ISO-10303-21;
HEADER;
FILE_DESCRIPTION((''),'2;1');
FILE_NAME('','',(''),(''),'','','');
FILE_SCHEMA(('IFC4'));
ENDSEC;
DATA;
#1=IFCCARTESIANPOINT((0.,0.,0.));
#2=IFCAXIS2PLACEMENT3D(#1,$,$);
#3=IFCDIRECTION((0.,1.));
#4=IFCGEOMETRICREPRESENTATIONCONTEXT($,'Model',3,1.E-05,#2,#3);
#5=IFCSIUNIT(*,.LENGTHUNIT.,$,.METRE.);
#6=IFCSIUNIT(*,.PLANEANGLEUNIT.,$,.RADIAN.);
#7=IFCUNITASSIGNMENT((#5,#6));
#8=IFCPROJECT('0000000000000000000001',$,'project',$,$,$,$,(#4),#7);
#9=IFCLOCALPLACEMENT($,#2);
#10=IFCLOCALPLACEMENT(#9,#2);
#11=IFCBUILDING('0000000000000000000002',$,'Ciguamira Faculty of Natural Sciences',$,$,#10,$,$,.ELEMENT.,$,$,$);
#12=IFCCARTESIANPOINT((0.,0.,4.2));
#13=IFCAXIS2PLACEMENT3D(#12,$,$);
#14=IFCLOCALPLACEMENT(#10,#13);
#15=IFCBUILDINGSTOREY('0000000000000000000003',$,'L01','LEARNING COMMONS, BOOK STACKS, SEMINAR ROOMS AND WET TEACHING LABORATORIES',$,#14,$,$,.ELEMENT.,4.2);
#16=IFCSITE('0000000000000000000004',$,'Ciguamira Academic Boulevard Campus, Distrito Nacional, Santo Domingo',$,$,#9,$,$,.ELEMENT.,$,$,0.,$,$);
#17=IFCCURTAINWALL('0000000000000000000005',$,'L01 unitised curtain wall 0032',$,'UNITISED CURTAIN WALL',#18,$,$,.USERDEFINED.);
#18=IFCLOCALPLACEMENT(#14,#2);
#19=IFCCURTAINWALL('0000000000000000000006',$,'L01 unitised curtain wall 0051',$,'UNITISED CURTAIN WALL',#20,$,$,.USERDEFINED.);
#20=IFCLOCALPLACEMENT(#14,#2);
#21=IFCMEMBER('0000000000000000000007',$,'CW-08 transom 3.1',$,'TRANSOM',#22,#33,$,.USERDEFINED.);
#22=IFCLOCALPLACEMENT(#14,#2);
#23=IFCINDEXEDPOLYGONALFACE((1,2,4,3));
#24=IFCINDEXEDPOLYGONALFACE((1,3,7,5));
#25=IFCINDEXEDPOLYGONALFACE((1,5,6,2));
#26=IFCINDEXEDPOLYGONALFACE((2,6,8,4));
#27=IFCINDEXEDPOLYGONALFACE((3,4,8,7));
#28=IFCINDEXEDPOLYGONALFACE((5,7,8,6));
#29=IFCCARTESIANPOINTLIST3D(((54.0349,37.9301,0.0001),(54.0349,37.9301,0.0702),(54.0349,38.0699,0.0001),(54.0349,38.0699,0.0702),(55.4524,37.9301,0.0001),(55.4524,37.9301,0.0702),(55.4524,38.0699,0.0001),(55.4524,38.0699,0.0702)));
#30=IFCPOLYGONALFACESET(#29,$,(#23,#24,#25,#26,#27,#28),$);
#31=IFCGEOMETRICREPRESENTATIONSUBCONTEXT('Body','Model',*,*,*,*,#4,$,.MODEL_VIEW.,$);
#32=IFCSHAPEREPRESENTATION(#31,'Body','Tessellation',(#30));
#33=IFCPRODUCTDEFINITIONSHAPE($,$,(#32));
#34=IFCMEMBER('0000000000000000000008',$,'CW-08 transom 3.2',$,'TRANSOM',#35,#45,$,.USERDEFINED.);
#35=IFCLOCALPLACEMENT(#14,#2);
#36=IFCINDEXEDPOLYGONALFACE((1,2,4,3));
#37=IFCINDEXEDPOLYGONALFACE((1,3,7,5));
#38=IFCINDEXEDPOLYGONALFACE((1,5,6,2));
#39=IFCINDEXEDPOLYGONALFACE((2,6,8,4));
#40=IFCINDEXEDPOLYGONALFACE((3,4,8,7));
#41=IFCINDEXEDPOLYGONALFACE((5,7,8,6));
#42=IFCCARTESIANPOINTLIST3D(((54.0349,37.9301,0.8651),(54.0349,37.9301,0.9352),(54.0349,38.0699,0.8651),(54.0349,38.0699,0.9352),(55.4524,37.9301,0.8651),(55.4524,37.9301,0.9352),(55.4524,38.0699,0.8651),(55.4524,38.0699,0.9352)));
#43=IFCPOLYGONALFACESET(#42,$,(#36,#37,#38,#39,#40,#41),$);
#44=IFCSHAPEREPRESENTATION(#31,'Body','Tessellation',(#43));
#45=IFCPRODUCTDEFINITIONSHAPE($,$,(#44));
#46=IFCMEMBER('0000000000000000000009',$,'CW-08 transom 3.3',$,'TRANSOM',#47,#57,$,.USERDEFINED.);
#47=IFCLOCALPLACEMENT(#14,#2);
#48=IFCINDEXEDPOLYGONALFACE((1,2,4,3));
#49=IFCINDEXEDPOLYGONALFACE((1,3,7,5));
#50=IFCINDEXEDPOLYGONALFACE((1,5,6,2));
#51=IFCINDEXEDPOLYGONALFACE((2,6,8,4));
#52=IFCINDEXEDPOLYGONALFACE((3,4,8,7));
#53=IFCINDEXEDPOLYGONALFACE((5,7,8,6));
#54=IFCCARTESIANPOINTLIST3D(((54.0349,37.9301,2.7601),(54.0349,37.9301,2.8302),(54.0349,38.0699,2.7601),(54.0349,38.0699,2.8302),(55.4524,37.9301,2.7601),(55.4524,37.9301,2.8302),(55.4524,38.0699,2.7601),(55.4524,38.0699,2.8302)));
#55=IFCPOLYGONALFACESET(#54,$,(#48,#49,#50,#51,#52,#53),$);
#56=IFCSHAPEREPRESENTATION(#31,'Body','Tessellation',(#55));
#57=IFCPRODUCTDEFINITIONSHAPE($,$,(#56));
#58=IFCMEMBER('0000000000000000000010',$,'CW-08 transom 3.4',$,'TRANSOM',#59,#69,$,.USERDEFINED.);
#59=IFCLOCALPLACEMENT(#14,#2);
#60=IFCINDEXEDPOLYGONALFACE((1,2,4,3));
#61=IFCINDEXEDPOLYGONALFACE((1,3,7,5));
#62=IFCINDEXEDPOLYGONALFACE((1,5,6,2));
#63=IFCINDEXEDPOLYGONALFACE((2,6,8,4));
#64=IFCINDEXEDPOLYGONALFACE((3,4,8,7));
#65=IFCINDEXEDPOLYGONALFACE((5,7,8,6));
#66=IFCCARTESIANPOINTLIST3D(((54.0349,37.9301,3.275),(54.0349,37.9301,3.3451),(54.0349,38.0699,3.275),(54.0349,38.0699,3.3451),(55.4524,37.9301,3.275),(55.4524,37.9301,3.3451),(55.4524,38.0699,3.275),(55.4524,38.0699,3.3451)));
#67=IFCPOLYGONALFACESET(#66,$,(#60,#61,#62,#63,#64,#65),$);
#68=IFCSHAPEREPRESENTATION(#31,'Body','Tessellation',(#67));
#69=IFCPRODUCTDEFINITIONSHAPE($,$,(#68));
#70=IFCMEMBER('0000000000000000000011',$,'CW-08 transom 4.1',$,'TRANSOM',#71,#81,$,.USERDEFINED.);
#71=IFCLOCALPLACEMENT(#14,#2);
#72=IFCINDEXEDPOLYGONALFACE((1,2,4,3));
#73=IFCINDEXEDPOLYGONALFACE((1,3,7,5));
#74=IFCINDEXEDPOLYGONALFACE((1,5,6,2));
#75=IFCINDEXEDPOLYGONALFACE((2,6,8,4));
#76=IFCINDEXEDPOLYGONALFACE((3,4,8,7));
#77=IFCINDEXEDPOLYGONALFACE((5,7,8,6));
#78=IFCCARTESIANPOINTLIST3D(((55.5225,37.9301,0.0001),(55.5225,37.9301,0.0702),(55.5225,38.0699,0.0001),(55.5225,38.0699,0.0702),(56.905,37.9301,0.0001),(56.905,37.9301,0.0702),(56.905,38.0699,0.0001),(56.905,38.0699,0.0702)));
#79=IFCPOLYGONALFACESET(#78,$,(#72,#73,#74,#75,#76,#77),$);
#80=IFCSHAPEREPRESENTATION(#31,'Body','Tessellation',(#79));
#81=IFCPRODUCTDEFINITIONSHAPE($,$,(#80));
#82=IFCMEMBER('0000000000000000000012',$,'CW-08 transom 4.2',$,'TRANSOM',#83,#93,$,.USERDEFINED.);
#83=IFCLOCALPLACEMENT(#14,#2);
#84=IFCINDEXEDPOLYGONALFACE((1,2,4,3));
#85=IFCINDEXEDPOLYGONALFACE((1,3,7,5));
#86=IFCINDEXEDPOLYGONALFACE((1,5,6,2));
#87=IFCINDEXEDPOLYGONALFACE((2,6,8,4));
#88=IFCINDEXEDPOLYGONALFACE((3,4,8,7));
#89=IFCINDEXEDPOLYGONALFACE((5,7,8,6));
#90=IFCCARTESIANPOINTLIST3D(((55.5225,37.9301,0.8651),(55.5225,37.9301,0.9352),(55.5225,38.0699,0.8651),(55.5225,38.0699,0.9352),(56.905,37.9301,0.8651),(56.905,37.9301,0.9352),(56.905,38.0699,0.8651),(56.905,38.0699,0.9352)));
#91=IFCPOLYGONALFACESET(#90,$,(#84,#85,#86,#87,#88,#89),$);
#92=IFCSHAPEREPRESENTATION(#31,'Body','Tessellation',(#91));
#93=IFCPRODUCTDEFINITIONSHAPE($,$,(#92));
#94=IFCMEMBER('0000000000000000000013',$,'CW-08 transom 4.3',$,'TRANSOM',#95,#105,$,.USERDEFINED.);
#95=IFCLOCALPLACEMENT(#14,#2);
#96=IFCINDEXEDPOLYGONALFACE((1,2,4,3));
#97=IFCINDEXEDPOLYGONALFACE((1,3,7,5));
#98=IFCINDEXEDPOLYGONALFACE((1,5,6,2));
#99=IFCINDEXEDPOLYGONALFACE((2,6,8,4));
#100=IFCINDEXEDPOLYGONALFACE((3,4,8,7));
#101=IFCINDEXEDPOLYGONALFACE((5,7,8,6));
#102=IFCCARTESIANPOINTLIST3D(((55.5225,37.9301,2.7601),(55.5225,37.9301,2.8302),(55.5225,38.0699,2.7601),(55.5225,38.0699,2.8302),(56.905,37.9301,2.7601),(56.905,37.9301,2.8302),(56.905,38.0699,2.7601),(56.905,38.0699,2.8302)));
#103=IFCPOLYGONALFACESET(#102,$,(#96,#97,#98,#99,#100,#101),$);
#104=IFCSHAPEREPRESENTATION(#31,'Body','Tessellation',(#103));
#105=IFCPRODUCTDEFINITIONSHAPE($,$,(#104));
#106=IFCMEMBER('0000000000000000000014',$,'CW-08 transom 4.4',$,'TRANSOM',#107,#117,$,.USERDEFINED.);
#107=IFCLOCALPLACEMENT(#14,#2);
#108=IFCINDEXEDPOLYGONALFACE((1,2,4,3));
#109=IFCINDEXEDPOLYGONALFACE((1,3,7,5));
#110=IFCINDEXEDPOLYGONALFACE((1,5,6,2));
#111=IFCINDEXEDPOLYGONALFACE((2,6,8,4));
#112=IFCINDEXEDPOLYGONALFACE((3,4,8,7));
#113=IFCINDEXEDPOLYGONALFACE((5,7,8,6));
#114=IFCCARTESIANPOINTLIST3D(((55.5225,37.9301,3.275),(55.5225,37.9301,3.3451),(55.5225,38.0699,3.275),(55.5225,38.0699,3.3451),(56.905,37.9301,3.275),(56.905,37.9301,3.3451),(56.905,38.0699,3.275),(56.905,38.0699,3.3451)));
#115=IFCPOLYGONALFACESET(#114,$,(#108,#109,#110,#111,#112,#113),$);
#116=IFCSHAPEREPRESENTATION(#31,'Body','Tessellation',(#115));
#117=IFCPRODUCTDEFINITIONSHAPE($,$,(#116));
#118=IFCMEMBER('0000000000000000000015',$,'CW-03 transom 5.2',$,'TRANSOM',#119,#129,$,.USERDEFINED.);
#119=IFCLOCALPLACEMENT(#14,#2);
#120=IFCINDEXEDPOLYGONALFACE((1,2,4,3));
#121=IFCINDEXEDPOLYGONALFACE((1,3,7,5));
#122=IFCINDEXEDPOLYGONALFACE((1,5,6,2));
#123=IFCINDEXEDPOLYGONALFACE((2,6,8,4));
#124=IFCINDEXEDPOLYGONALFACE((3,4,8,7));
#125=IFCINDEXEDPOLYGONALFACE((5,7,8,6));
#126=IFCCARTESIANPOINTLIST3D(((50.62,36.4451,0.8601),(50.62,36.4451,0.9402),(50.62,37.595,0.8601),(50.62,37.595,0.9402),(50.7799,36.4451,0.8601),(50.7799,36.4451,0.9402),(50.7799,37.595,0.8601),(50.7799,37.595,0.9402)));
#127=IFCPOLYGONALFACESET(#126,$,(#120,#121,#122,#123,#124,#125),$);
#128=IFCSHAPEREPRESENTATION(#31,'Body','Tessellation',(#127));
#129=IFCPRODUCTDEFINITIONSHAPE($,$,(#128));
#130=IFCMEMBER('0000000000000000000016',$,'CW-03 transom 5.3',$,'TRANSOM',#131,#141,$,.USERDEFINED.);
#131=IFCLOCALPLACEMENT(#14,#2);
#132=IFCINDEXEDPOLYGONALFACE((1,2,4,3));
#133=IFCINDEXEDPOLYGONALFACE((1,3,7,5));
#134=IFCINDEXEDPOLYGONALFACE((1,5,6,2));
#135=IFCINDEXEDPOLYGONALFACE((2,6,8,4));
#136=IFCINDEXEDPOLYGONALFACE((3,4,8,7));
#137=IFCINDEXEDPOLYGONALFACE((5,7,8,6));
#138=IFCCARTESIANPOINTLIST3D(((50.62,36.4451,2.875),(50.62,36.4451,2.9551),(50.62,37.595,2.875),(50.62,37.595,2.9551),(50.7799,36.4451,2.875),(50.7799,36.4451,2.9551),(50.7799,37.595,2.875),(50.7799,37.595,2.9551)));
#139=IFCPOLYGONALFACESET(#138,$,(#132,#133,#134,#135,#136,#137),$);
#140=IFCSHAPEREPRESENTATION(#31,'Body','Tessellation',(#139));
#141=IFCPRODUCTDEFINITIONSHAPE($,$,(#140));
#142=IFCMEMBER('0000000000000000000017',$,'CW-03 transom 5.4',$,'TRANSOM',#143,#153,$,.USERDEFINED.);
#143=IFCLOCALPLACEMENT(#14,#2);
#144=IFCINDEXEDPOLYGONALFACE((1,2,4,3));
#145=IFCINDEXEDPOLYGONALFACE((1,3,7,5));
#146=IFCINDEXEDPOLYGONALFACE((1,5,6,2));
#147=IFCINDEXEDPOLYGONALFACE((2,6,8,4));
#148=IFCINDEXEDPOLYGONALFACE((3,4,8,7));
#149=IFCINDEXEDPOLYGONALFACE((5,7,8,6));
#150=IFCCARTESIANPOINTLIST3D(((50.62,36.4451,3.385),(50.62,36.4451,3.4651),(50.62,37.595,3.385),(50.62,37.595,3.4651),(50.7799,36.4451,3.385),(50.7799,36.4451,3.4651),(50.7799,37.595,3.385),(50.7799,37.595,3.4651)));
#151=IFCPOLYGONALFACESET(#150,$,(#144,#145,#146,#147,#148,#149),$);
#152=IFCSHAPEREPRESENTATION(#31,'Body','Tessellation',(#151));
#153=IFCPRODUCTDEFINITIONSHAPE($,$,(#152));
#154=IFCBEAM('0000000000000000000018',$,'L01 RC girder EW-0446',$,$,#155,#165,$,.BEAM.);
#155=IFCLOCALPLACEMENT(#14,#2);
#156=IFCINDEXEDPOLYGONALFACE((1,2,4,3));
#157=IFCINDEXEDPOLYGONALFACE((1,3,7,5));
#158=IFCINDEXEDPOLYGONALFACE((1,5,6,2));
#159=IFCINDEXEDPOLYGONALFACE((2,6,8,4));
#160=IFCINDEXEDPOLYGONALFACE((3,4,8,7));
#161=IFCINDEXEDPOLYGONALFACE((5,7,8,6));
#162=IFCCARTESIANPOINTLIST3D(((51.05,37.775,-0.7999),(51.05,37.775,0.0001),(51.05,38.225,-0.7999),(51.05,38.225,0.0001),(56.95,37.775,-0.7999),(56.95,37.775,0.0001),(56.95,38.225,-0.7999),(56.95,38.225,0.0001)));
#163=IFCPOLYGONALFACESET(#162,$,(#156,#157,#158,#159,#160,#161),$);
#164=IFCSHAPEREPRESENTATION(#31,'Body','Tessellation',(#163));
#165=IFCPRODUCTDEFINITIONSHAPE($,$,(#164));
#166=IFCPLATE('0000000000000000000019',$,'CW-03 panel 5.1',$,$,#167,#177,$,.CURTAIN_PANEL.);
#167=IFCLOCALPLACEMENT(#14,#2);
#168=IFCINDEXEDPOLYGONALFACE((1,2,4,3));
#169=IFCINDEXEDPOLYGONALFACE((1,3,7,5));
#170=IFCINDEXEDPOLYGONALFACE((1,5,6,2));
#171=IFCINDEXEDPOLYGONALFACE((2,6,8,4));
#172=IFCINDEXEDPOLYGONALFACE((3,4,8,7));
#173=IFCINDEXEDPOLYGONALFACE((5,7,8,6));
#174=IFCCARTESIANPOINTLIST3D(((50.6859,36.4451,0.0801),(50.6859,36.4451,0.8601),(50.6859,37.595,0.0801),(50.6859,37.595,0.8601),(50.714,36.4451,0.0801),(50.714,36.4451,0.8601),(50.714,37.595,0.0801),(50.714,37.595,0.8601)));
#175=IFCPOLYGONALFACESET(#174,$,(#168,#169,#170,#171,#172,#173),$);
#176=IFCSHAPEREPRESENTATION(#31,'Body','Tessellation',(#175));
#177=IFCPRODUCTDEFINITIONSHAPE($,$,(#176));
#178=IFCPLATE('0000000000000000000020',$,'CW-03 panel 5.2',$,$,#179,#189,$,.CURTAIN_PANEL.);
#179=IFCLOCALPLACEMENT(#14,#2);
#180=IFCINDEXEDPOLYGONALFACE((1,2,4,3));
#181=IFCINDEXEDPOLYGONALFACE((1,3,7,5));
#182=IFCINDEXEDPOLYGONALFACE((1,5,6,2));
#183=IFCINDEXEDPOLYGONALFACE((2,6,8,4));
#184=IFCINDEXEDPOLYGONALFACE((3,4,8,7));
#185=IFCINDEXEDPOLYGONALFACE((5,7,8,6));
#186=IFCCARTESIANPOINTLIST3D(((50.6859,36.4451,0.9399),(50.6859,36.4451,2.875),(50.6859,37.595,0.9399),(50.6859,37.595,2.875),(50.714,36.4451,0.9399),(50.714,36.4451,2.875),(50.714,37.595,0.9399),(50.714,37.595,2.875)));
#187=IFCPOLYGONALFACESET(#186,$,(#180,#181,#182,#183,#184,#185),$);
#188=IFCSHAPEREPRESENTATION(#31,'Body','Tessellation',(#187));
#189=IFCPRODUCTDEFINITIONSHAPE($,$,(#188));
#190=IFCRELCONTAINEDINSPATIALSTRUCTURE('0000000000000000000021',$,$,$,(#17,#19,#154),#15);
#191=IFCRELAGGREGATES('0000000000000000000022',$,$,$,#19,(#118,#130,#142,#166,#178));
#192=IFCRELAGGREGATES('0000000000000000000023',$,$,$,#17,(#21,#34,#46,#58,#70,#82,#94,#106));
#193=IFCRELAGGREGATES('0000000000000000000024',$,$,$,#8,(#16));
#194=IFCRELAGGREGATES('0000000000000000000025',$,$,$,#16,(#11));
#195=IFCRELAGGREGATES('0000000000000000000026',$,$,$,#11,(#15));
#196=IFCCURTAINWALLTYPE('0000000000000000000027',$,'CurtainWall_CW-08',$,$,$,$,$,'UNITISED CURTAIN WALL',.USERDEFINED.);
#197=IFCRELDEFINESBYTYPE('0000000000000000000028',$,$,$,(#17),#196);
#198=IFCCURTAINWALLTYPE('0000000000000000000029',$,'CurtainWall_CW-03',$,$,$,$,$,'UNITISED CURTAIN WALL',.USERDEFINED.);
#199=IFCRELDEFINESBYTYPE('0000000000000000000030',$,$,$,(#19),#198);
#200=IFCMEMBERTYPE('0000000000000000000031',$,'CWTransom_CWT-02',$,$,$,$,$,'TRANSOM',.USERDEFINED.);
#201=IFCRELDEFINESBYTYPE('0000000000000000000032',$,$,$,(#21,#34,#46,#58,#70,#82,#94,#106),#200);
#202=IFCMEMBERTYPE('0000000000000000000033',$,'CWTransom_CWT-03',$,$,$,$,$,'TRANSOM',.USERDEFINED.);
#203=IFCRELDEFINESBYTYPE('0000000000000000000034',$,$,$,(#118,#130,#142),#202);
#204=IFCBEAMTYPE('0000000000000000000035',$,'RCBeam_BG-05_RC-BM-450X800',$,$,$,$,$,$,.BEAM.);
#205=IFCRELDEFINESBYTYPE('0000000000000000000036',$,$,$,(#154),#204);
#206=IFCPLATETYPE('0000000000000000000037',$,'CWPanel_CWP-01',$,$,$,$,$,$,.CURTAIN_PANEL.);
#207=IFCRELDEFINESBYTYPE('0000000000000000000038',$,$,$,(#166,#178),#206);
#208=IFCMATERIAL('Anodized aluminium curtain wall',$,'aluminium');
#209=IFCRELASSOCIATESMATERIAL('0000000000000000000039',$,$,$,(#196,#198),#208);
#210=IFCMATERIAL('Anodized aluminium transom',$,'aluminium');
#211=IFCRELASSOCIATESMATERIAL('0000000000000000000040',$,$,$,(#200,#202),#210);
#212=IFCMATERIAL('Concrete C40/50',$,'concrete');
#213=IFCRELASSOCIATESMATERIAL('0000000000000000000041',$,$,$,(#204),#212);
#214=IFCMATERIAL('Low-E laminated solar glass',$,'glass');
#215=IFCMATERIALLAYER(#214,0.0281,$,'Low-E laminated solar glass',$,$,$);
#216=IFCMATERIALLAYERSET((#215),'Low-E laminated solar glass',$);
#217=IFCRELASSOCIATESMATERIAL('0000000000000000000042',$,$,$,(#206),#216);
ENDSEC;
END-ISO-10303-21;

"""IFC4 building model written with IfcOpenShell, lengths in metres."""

from ifc_helpers import new_model, si_unit, direction, frame, origin, origin_2d, place, context, subcontext, project, spatial, rectangle, extrude, material, layer, layer_set, material_profile, profile_set, type_object, element, aggregate, save


model = new_model("IFC4")

# Units and contexts
model_context = context("Model", 3, precision=1e-05, world=origin(), true_north=direction((0.0, 1.0)))
body_context = subcontext(model_context, "Body", "Model", "MODEL_VIEW")
ifc_project = project(units=[si_unit("LENGTHUNIT", "METRE"), si_unit("PLANEANGLEUNIT", "RADIAN")], contexts=[model_context])

# Site, building, storey
site_placement = place(None, origin())
site = spatial("IfcSite", under=ifc_project, at=site_placement, Name="Ciguamira Academic Boulevard Campus, Distrito Nacional, Santo Domingo", CompositionType="ELEMENT", RefElevation=0.0)
building_placement = place(site_placement, origin())
building = spatial("IfcBuilding", under=site, at=building_placement, Name="Ciguamira Faculty of Natural Sciences", CompositionType="ELEMENT")
storey_placement = place(building_placement, frame((0.0, 0.0, 4.2)))
storey = spatial("IfcBuildingStorey", under=building, at=storey_placement, Name="L01", Description="LEARNING COMMONS, BOOK STACKS, SEMINAR ROOMS AND WET TEACHING LABORATORIES", CompositionType="ELEMENT", Elevation=4.2)

# Shared definitions
ifc_material_1 = material(Name="Concrete C40/50", Category="concrete")

# Curtain wall
ifc_material_2 = material(Name="Anodized aluminium curtain wall", Category="aluminium")
curtain_wall_type_1 = type_object("IfcCurtainWallType", Name="CurtainWall_CW-08", ElementType="UNITISED CURTAIN WALL", PredefinedType="USERDEFINED", material=ifc_material_2)
curtain_wall_1_placement = place(storey_placement, origin())
curtain_wall_1 = element("IfcCurtainWall", 1, at=curtain_wall_1_placement, inside=storey, type_object=curtain_wall_type_1, Name="L01 unitised curtain wall 0032", ObjectType="UNITISED CURTAIN WALL", PredefinedType="USERDEFINED")

# Curtain wall
curtain_wall_type_2 = type_object("IfcCurtainWallType", Name="CurtainWall_CW-03", ElementType="UNITISED CURTAIN WALL", PredefinedType="USERDEFINED", material=ifc_material_2)
curtain_wall_2_placement = place(storey_placement, origin())
curtain_wall_2 = element("IfcCurtainWall", 2, at=curtain_wall_2_placement, inside=storey, type_object=curtain_wall_type_2, Name="L01 unitised curtain wall 0051", ObjectType="UNITISED CURTAIN WALL", PredefinedType="USERDEFINED")

# Members
ifc_material_3 = material(Name="Anodized aluminium transom", Category="aluminium")
ifc_material_profile_1 = material_profile(ifc_material_3, rectangle(XDim=0.0701, YDim=0.1399, at=origin_2d()), Name="ALU-TRN-70X140")
ifc_profile_set_1 = profile_set([ifc_material_profile_1], Name="Anodized aluminium transom")
member_type_1 = type_object("IfcMemberType", Name="CWTransom_CWT-02", ElementType="TRANSOM", PredefinedType="USERDEFINED", material=ifc_profile_set_1)
member_1_placement = place(storey_placement, frame((54.0349, 38.0, 0.0352), z_axis=(1.0, 0.0, 0.0), x_axis=(0.0, 0.0, 1.0)))
member_1 = element("IfcMember", 3, at=member_1_placement, type_object=member_type_1, Name="CW-08 transom 3.1", ObjectType="TRANSOM", PredefinedType="USERDEFINED", context=body_context, shape_type="SweptSolid", body=[
    extrude(rectangle(XDim=0.0701, YDim=0.1399, at=origin_2d()), origin(), (0.0, 0.0, 1.0), 1.4175),
])
member_2_placement = place(storey_placement, frame((54.0349, 38.0, 0.9001), z_axis=(1.0, 0.0, 0.0), x_axis=(0.0, 0.0, 1.0)))
member_2 = element("IfcMember", 4, at=member_2_placement, type_object=member_type_1, Name="CW-08 transom 3.2", ObjectType="TRANSOM", PredefinedType="USERDEFINED", context=body_context, shape_type="SweptSolid", body=[
    extrude(rectangle(XDim=0.0701, YDim=0.1399, at=origin_2d()), origin(), (0.0, 0.0, 1.0), 1.4175),
])
member_3_placement = place(storey_placement, frame((54.0349, 38.0, 2.7952), z_axis=(1.0, 0.0, 0.0), x_axis=(0.0, 0.0, 1.0)))
member_3 = element("IfcMember", 5, at=member_3_placement, type_object=member_type_1, Name="CW-08 transom 3.3", ObjectType="TRANSOM", PredefinedType="USERDEFINED", context=body_context, shape_type="SweptSolid", body=[
    extrude(rectangle(XDim=0.0701, YDim=0.1399, at=origin_2d()), origin(), (0.0, 0.0, 1.0), 1.4175),
])
member_4_placement = place(storey_placement, frame((54.0349, 38.0, 3.3101), z_axis=(1.0, 0.0, 0.0), x_axis=(0.0, 0.0, 1.0)))
member_4 = element("IfcMember", 6, at=member_4_placement, type_object=member_type_1, Name="CW-08 transom 3.4", ObjectType="TRANSOM", PredefinedType="USERDEFINED", context=body_context, shape_type="SweptSolid", body=[
    extrude(rectangle(XDim=0.0701, YDim=0.1399, at=origin_2d()), origin(), (0.0, 0.0, 1.0), 1.4175),
])
member_5_placement = place(storey_placement, frame((55.5225, 38.0, 0.0352), z_axis=(1.0, 0.0, 0.0), x_axis=(0.0, 0.0, 1.0)))
member_5 = element("IfcMember", 7, at=member_5_placement, type_object=member_type_1, Name="CW-08 transom 4.1", ObjectType="TRANSOM", PredefinedType="USERDEFINED", context=body_context, shape_type="SweptSolid", body=[
    extrude(rectangle(XDim=0.0701, YDim=0.1399, at=origin_2d()), origin(), (0.0, 0.0, 1.0), 1.3826),
])
member_6_placement = place(storey_placement, frame((55.5225, 38.0, 0.9001), z_axis=(1.0, 0.0, 0.0), x_axis=(0.0, 0.0, 1.0)))
member_6 = element("IfcMember", 8, at=member_6_placement, type_object=member_type_1, Name="CW-08 transom 4.2", ObjectType="TRANSOM", PredefinedType="USERDEFINED", context=body_context, shape_type="SweptSolid", body=[
    extrude(rectangle(XDim=0.0701, YDim=0.1399, at=origin_2d()), origin(), (0.0, 0.0, 1.0), 1.3826),
])
member_7_placement = place(storey_placement, frame((55.5225, 38.0, 2.7952), z_axis=(1.0, 0.0, 0.0), x_axis=(0.0, 0.0, 1.0)))
member_7 = element("IfcMember", 9, at=member_7_placement, type_object=member_type_1, Name="CW-08 transom 4.3", ObjectType="TRANSOM", PredefinedType="USERDEFINED", context=body_context, shape_type="SweptSolid", body=[
    extrude(rectangle(XDim=0.0701, YDim=0.1399, at=origin_2d()), origin(), (0.0, 0.0, 1.0), 1.3826),
])
member_8_placement = place(storey_placement, frame((55.5225, 38.0, 3.3101), z_axis=(1.0, 0.0, 0.0), x_axis=(0.0, 0.0, 1.0)))
member_8 = element("IfcMember", 10, at=member_8_placement, type_object=member_type_1, Name="CW-08 transom 4.4", ObjectType="TRANSOM", PredefinedType="USERDEFINED", context=body_context, shape_type="SweptSolid", body=[
    extrude(rectangle(XDim=0.0701, YDim=0.1399, at=origin_2d()), origin(), (0.0, 0.0, 1.0), 1.3826),
])
ifc_material_profile_2 = material_profile(ifc_material_3, rectangle(XDim=0.0801, YDim=0.1599, at=origin_2d()), Name="ALU-TRN-80X160")
ifc_profile_set_2 = profile_set([ifc_material_profile_2], Name="Anodized aluminium transom")
member_type_2 = type_object("IfcMemberType", Name="CWTransom_CWT-03", ElementType="TRANSOM", PredefinedType="USERDEFINED", material=ifc_profile_set_2)
member_9_placement = place(storey_placement, frame((50.7, 36.4451, 0.9001), z_axis=(0.0, 1.0, 0.0), x_axis=(0.0, 0.0, 1.0)))
member_9 = element("IfcMember", 11, at=member_9_placement, type_object=member_type_2, Name="CW-03 transom 5.2", ObjectType="TRANSOM", PredefinedType="USERDEFINED", context=body_context, shape_type="SweptSolid", body=[
    extrude(rectangle(XDim=0.0801, YDim=0.1599, at=origin_2d()), origin(), (0.0, 0.0, 1.0), 1.1499),
])
member_10_placement = place(storey_placement, frame((50.7, 36.4451, 2.915), z_axis=(0.0, 1.0, 0.0), x_axis=(0.0, 0.0, 1.0)))
member_10 = element("IfcMember", 12, at=member_10_placement, type_object=member_type_2, Name="CW-03 transom 5.3", ObjectType="TRANSOM", PredefinedType="USERDEFINED", context=body_context, shape_type="SweptSolid", body=[
    extrude(rectangle(XDim=0.0801, YDim=0.1599, at=origin_2d()), origin(), (0.0, 0.0, 1.0), 1.1499),
])
member_11_placement = place(storey_placement, frame((50.7, 36.4451, 3.425), z_axis=(0.0, 1.0, 0.0), x_axis=(0.0, 0.0, 1.0)))
member_11 = element("IfcMember", 13, at=member_11_placement, type_object=member_type_2, Name="CW-03 transom 5.4", ObjectType="TRANSOM", PredefinedType="USERDEFINED", context=body_context, shape_type="SweptSolid", body=[
    extrude(rectangle(XDim=0.0801, YDim=0.1599, at=origin_2d()), origin(), (0.0, 0.0, 1.0), 1.1499),
])

# Beam
ifc_material_profile_3 = material_profile(ifc_material_1, rectangle(XDim=0.45, YDim=0.8, at=origin_2d()), Name="RC-BM-450X800")
ifc_profile_set_3 = profile_set([ifc_material_profile_3], Name="Concrete C40/50")
beam_type = type_object("IfcBeamType", Name="RCBeam_BG-05_RC-BM-450X800", PredefinedType="BEAM", material=ifc_profile_set_3)
beam_placement = place(storey_placement, frame((51.05, 38.0, -0.3999), z_axis=(1.0, 0.0, 0.0), x_axis=(0.0, 1.0, 0.0)))
element("IfcBeam", 14, at=beam_placement, inside=storey, type_object=beam_type, Name="L01 RC girder EW-0446", PredefinedType="BEAM", context=body_context, shape_type="SweptSolid", body=[
    extrude(rectangle(XDim=0.45, YDim=0.8, at=origin_2d()), origin(), (0.0, 0.0, 1.0), 5.8999),
])

# Plates
ifc_material_4 = material(Name="Low-E laminated solar glass", Category="glass")
ifc_layer_1 = layer(ifc_material_4, 0.0281, Name="Low-E laminated solar glass")
ifc_layer_set_1 = layer_set([ifc_layer_1], Name="Low-E laminated solar glass")
plate_type_1 = type_object("IfcPlateType", Name="CWPanel_CWP-01", PredefinedType="CURTAIN_PANEL", material=ifc_layer_set_1)
plate_1_placement = place(storey_placement, frame((50.7, 37.02, 0.0801), z_axis=(0.0, 0.0, 1.0), x_axis=(0.0, 1.0, 0.0)))
plate_1 = element("IfcPlate", 15, at=plate_1_placement, type_object=plate_type_1, Name="CW-03 panel 5.1", PredefinedType="CURTAIN_PANEL", context=body_context, shape_type="SweptSolid", body=[
    extrude(rectangle(XDim=1.1499, YDim=0.0281, at=origin_2d()), origin(), (0.0, 0.0, 1.0), 0.78),
])
plate_2_placement = place(storey_placement, frame((50.7, 37.02, 0.9399), z_axis=(0.0, 0.0, 1.0), x_axis=(0.0, 1.0, 0.0)))
plate_2 = element("IfcPlate", 16, at=plate_2_placement, type_object=plate_type_1, Name="CW-03 panel 5.2", PredefinedType="CURTAIN_PANEL", context=body_context, shape_type="SweptSolid", body=[
    extrude(rectangle(XDim=1.1499, YDim=0.0281, at=origin_2d()), origin(), (0.0, 0.0, 1.0), 1.9351),
])
aggregate(curtain_wall_2, [member_9, member_10, member_11, plate_1, plate_2])
aggregate(curtain_wall_1, [member_1, member_2, member_3, member_4, member_5, member_6, member_7, member_8])

save(model, "model.ifc")
